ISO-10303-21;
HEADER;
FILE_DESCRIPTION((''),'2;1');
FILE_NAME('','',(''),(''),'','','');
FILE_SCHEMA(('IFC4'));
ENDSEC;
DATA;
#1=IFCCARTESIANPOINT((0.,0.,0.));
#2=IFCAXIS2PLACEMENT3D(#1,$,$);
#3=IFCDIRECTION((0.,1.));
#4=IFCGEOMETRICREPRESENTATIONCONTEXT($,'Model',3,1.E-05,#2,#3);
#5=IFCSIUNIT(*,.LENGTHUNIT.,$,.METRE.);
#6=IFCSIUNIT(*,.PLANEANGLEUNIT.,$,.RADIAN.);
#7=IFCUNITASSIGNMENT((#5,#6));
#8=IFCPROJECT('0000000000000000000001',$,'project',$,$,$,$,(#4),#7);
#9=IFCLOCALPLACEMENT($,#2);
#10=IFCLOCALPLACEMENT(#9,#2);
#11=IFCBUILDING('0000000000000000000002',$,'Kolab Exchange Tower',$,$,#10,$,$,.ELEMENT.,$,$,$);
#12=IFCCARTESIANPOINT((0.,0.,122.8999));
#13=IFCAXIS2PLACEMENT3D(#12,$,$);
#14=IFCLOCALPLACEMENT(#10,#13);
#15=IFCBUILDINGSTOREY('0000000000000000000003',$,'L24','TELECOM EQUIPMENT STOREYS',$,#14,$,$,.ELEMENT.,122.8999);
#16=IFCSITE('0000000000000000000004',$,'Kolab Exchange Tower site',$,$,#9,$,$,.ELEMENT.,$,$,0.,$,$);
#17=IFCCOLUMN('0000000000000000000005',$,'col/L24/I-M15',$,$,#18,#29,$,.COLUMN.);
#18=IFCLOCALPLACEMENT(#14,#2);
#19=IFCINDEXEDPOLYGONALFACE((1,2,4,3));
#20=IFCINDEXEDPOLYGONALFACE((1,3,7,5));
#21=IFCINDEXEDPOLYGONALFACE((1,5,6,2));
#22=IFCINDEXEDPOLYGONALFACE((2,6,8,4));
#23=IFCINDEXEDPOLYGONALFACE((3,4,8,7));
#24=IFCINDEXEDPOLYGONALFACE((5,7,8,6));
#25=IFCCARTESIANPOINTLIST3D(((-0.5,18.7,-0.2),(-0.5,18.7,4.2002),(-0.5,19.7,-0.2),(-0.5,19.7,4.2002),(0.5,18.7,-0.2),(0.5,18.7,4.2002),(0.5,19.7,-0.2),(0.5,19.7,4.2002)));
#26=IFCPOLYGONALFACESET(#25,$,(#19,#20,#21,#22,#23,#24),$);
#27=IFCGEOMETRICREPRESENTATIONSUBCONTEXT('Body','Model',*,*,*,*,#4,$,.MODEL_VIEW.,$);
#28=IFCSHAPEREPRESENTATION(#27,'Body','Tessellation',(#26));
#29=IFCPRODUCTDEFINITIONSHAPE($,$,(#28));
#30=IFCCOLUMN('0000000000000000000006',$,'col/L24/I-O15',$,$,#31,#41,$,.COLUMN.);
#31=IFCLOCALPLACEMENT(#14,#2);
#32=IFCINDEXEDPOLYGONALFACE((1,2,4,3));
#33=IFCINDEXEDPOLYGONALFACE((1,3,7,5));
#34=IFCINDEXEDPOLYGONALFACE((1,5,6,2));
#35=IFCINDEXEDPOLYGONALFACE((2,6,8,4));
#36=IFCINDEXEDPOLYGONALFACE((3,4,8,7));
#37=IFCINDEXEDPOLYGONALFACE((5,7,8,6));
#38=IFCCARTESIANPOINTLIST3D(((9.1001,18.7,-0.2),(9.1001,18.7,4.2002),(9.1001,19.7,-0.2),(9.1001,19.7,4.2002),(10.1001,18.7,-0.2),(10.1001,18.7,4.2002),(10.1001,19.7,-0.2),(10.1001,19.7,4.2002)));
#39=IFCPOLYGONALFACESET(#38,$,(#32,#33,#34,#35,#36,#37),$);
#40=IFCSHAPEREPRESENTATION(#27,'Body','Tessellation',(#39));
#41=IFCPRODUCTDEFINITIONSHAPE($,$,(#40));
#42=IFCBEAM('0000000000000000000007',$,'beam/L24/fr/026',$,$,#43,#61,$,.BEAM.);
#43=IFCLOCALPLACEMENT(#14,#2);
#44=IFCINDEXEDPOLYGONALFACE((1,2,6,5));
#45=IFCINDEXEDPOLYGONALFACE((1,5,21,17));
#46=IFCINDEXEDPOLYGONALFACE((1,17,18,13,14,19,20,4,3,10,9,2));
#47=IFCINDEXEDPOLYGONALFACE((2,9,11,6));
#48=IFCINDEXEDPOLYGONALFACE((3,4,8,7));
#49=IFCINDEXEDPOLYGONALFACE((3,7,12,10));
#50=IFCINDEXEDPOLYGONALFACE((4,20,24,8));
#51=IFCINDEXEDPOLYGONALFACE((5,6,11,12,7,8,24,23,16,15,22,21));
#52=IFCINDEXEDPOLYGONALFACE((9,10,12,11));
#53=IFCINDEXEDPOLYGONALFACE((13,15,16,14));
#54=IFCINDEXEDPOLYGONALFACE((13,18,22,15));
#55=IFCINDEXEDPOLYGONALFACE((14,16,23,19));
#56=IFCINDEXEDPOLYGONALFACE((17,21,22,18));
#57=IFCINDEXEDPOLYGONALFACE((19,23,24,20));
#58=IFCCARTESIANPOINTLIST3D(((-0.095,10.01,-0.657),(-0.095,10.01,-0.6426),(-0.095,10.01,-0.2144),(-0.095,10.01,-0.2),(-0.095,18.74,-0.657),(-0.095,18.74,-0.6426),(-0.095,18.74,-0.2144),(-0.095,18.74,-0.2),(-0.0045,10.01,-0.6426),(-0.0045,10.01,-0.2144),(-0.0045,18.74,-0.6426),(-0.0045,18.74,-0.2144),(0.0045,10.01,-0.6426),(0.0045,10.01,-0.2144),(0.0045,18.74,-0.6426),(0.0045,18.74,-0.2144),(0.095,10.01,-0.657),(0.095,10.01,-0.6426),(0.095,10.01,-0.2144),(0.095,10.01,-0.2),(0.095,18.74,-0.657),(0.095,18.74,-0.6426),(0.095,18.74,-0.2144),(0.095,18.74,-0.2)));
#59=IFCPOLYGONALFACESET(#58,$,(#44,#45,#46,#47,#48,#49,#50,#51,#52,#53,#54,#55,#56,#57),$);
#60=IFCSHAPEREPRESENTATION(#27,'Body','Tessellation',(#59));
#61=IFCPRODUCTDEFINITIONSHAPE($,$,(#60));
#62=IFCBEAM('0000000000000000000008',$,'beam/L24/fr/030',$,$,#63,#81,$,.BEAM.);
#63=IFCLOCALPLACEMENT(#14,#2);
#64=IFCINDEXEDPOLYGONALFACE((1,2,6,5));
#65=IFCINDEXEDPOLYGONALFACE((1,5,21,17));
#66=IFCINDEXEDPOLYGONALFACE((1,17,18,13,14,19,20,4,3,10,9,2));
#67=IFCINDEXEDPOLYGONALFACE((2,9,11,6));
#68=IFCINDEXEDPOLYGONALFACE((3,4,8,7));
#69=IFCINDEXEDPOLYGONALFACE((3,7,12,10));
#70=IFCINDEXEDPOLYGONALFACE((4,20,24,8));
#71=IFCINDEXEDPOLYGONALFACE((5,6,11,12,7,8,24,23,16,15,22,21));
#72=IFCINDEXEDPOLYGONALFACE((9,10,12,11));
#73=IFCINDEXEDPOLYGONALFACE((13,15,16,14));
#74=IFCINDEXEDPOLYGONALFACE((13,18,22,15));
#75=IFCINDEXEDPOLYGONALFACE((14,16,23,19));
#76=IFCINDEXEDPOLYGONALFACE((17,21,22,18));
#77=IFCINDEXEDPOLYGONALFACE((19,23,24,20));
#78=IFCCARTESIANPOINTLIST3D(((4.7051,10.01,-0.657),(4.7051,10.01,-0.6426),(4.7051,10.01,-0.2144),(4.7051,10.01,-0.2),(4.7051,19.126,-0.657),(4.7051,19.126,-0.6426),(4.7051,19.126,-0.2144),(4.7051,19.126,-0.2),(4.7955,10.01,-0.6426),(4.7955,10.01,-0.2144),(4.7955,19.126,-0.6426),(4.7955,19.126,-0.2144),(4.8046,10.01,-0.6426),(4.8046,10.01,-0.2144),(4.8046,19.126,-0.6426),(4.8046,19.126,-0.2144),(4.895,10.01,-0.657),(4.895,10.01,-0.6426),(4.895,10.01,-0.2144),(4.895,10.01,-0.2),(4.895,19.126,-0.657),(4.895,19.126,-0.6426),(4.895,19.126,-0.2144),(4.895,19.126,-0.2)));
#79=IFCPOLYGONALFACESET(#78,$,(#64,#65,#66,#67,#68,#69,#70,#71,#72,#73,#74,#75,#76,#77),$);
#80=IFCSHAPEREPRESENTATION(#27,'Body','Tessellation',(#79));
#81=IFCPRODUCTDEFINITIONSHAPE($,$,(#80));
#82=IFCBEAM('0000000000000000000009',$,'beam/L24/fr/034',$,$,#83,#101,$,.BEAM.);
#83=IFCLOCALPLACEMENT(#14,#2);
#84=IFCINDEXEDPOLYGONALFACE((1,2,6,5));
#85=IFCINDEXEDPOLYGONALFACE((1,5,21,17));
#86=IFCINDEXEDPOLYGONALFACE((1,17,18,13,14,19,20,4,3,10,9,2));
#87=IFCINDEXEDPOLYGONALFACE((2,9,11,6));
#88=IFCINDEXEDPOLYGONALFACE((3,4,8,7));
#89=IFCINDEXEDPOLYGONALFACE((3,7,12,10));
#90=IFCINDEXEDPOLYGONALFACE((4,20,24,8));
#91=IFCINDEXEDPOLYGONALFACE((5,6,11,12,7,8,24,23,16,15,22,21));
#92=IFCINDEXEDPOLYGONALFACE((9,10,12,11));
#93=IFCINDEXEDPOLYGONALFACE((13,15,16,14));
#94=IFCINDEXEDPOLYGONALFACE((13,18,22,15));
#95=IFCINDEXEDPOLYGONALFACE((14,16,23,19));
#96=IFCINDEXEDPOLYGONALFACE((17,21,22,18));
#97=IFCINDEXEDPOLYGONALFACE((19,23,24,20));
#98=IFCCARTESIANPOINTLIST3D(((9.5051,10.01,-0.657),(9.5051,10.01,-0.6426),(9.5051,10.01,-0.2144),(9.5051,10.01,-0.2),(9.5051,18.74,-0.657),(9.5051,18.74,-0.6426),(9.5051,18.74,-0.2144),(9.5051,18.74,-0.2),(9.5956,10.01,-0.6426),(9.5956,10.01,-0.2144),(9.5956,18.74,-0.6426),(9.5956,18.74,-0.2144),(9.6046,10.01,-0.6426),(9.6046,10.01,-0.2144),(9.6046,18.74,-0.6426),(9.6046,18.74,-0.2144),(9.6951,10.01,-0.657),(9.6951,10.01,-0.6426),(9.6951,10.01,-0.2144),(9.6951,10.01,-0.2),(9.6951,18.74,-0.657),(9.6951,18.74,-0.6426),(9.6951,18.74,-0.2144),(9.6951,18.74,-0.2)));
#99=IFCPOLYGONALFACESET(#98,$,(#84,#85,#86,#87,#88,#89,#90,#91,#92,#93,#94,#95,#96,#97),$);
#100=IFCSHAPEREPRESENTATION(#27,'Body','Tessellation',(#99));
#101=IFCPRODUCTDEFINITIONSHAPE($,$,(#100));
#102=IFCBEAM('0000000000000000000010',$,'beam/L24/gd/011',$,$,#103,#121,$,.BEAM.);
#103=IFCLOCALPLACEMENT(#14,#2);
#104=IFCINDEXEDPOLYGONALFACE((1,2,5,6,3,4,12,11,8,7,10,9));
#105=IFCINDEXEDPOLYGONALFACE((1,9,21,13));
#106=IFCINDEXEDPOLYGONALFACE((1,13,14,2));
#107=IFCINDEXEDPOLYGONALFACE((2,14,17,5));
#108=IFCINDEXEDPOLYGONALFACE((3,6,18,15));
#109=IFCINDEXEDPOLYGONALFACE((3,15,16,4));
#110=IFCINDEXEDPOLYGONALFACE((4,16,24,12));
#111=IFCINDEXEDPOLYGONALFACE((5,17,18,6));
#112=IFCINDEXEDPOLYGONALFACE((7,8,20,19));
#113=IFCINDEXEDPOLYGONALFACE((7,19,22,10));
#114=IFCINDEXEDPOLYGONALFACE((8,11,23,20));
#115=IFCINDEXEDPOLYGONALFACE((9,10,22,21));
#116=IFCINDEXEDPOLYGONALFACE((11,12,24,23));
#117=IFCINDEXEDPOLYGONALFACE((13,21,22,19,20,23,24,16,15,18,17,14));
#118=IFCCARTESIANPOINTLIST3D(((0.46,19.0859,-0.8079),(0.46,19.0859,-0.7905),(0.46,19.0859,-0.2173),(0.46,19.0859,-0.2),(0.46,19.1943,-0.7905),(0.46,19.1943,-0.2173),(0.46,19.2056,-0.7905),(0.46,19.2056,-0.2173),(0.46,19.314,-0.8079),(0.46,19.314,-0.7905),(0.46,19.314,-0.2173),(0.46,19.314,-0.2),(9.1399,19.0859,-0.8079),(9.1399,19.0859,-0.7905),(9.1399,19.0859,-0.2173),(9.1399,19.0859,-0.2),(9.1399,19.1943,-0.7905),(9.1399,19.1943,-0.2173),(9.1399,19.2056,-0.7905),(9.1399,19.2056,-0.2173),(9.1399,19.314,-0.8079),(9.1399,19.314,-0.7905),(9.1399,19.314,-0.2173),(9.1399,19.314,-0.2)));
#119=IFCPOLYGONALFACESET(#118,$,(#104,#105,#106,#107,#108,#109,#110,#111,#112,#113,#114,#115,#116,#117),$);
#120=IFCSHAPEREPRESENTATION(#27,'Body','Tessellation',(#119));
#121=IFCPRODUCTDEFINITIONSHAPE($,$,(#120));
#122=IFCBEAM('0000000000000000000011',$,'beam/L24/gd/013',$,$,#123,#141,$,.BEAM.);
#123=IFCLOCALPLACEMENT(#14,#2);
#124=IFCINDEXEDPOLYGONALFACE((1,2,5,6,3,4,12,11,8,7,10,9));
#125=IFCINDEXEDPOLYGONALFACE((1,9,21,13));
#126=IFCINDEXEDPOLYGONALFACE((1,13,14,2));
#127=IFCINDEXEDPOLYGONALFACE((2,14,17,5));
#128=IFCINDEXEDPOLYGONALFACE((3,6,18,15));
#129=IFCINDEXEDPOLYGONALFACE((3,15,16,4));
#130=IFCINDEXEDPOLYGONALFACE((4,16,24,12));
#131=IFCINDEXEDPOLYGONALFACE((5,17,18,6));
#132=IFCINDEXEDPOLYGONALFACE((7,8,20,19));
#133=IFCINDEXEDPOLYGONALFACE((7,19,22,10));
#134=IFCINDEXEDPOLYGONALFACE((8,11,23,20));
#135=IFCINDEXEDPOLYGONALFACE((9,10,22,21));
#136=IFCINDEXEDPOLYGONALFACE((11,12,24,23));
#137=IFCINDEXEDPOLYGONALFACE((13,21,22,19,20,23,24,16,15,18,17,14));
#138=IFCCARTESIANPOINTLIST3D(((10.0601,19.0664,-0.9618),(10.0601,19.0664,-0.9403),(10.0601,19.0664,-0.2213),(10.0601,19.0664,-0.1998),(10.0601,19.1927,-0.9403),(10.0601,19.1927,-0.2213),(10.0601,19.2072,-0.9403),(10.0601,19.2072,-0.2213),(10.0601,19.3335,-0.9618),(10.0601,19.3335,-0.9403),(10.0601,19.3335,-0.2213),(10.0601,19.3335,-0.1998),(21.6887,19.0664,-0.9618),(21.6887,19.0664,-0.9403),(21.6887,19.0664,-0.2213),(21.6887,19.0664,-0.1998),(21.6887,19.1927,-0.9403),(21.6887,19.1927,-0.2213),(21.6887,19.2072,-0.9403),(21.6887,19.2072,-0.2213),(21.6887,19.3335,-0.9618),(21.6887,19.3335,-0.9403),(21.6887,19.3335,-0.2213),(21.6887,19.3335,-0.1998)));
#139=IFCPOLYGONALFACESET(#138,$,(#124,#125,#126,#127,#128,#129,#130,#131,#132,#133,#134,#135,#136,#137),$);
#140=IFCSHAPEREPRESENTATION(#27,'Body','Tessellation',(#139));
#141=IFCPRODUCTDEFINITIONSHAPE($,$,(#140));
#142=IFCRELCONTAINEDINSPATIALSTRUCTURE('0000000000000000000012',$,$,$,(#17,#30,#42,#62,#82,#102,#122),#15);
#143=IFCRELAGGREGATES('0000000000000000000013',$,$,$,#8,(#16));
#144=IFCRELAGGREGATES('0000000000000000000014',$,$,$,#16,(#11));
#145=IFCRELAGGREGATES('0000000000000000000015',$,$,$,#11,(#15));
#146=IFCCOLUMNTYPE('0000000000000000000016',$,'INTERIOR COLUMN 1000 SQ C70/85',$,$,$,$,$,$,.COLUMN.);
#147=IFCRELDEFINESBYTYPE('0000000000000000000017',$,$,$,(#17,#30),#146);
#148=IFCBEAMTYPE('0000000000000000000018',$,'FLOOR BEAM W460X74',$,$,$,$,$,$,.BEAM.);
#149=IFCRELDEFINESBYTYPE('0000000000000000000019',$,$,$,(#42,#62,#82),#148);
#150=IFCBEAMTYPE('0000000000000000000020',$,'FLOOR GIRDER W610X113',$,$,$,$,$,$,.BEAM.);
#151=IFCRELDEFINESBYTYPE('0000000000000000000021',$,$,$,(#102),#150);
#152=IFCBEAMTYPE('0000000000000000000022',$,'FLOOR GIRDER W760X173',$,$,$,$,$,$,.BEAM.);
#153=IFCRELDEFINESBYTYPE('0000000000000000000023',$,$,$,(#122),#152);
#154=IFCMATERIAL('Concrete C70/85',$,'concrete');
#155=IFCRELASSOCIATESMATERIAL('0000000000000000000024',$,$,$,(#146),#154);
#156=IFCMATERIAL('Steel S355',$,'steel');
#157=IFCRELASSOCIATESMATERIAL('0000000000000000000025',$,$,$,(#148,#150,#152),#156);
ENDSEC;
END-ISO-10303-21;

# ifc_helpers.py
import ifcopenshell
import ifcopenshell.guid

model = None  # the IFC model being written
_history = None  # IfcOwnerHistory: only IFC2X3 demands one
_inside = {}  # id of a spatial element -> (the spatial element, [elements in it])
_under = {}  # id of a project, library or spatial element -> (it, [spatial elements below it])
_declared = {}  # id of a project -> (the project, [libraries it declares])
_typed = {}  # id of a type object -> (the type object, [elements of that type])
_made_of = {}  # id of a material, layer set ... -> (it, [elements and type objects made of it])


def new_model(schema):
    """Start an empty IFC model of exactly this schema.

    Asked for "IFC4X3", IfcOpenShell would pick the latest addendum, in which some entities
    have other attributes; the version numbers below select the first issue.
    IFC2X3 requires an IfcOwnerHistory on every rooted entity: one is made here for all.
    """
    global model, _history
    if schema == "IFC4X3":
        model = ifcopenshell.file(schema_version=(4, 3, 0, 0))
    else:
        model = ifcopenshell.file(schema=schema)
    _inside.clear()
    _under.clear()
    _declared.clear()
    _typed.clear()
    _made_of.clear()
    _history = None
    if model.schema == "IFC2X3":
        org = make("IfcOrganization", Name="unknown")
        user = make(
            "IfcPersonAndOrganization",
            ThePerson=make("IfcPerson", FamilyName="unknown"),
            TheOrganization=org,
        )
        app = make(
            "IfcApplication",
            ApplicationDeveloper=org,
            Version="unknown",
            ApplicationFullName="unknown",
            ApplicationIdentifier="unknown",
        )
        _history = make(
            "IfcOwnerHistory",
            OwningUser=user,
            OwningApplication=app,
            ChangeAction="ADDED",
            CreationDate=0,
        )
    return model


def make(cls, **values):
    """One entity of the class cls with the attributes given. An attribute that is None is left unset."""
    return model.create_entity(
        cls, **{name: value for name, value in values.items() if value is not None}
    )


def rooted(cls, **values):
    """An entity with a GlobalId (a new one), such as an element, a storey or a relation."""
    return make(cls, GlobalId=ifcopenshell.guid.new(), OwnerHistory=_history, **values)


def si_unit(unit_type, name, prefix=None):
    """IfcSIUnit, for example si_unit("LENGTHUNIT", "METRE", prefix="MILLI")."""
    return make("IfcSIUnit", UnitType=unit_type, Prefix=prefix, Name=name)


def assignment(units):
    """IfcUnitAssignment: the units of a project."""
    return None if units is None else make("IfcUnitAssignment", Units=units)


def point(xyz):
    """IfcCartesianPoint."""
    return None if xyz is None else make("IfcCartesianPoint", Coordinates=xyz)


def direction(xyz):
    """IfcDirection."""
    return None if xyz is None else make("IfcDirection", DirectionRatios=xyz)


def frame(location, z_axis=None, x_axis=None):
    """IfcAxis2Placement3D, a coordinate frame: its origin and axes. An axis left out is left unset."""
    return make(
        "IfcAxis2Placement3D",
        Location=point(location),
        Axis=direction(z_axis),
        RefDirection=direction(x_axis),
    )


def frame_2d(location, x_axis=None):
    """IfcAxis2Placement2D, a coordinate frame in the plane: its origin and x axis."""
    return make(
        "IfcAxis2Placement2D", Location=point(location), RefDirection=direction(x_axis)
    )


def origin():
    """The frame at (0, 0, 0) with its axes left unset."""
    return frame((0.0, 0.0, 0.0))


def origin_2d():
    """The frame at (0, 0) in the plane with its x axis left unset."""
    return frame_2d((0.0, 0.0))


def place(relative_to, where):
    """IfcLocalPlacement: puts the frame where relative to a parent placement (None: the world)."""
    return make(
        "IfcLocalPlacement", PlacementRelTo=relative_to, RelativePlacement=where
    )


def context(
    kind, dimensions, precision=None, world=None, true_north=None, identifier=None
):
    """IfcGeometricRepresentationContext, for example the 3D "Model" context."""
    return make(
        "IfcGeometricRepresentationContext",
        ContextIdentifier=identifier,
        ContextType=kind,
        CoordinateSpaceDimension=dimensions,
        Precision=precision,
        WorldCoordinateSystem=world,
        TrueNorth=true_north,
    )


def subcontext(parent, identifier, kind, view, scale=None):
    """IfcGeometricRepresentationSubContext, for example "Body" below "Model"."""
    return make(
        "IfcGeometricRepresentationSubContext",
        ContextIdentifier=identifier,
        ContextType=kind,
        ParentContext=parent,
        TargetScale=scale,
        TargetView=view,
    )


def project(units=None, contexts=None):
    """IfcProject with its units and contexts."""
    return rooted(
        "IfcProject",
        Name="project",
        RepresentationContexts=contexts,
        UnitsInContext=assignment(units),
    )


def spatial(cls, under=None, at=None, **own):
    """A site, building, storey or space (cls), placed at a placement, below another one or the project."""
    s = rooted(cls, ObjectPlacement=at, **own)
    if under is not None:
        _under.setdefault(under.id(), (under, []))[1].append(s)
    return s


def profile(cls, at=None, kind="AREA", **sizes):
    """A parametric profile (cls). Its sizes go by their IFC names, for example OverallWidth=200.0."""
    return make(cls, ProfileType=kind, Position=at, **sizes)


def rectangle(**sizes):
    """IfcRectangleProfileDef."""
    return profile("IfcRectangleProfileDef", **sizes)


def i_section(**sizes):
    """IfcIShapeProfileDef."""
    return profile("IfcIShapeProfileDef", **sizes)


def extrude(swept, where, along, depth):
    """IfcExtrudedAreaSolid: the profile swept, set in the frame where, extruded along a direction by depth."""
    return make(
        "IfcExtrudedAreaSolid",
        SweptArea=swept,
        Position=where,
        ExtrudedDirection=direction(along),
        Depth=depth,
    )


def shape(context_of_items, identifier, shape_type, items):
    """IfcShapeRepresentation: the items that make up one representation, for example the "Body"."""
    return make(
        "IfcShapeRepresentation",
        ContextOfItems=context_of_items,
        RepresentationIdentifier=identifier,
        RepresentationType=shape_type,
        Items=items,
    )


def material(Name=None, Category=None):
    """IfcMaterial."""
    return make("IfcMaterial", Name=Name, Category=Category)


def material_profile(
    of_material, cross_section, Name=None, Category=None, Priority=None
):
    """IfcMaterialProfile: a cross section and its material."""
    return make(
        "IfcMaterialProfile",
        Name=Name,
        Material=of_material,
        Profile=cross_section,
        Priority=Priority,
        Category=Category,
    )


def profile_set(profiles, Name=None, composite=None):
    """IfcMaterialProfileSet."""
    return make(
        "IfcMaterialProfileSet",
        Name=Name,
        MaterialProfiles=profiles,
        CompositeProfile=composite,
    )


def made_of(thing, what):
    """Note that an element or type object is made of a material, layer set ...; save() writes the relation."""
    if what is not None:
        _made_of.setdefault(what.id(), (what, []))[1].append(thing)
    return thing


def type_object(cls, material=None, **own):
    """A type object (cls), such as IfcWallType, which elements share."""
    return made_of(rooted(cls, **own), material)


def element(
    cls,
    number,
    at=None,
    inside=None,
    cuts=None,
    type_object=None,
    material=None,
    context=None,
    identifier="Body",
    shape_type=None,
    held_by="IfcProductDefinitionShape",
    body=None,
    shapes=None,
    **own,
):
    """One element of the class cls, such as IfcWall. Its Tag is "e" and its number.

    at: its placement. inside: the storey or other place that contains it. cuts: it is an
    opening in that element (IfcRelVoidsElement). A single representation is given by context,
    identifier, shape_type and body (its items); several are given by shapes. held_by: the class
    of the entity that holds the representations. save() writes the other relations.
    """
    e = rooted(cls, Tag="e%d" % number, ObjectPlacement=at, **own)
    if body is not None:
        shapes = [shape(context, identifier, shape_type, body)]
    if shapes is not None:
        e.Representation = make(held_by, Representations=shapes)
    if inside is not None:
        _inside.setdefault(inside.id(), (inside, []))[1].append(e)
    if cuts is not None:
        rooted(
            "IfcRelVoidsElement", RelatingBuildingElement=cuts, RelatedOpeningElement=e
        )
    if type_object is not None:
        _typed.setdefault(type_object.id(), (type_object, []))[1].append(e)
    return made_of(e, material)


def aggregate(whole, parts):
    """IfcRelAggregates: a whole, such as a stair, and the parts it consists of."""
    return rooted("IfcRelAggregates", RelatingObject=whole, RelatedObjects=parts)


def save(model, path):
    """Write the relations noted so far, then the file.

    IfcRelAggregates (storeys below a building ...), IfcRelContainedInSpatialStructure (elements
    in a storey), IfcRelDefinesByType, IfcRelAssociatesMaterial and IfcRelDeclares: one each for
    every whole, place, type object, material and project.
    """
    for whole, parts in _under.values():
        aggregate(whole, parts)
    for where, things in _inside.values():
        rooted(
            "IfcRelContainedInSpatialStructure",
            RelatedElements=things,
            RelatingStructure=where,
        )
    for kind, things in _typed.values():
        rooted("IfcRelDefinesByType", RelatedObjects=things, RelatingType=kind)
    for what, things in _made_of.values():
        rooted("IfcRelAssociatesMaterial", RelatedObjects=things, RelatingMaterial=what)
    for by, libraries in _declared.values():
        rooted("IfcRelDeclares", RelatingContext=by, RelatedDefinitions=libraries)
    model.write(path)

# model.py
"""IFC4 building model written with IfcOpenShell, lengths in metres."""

from ifc_helpers import new_model, si_unit, direction, frame, origin, origin_2d, place, context, subcontext, project, spatial, rectangle, i_section, extrude, material, material_profile, profile_set, type_object, element, save


model = new_model("IFC4")

# Units and contexts
model_context = context("Model", 3, precision=1e-05, world=origin(), true_north=direction((0.0, 1.0)))
body_context = subcontext(model_context, "Body", "Model", "MODEL_VIEW")
ifc_project = project(units=[si_unit("LENGTHUNIT", "METRE"), si_unit("PLANEANGLEUNIT", "RADIAN")], contexts=[model_context])

# Site, building, storey
site_placement = place(None, origin())
site = spatial("IfcSite", under=ifc_project, at=site_placement, Name="Kolab Exchange Tower site", CompositionType="ELEMENT", RefElevation=0.0)
building_placement = place(site_placement, origin())
building = spatial("IfcBuilding", under=site, at=building_placement, Name="Kolab Exchange Tower", CompositionType="ELEMENT")
storey_placement = place(building_placement, frame((0.0, 0.0, 122.8999)))
storey = spatial("IfcBuildingStorey", under=building, at=storey_placement, Name="L24", Description="TELECOM EQUIPMENT STOREYS", CompositionType="ELEMENT", Elevation=122.8999)

# Columns
ifc_material_1 = material(Name="Concrete C70/85", Category="concrete")
ifc_material_profile_1 = material_profile(ifc_material_1, rectangle(XDim=1.0, YDim=1.0, at=origin_2d()), Name="RC1000")
ifc_profile_set_1 = profile_set([ifc_material_profile_1], Name="Concrete C70/85")
column_type = type_object("IfcColumnType", Name="INTERIOR COLUMN 1000 SQ C70/85", PredefinedType="COLUMN", material=ifc_profile_set_1)
for number, where, z_axis, x_axis, name in (
    (1, (0.0, 19.2, -0.2), (0.0, 0.0, 1.0), (1.0, 0.0, 0.0), "col/L24/I-M15"),
    (2, (9.6001, 19.2, -0.2), (0.0, 0.0, 1.0), (1.0, 0.0, 0.0), "col/L24/I-O15"),
):
    element("IfcColumn", number, at=place(storey_placement, frame(where, z_axis=z_axis, x_axis=x_axis)), inside=storey, type_object=column_type, Name=name, PredefinedType="COLUMN", context=body_context, shape_type="SweptSolid", body=[
        extrude(rectangle(XDim=1.0, YDim=1.0, at=origin_2d()), origin(), (0.0, 0.0, 1.0), 4.4001),
    ])

# Beams
ifc_material_2 = material(Name="Steel S355", Category="steel")
ifc_material_profile_2 = material_profile(ifc_material_2, i_section(OverallWidth=0.1899, OverallDepth=0.457, WebThickness=0.009, FlangeThickness=0.0144, at=origin_2d()), Name="W460X74")
ifc_profile_set_2 = profile_set([ifc_material_profile_2], Name="Steel S355")
beam_type_1 = type_object("IfcBeamType", Name="FLOOR BEAM W460X74", PredefinedType="BEAM", material=ifc_profile_set_2)
beam_1_placement = place(storey_placement, frame((0.0, 10.01, -0.4285), z_axis=(0.0, 1.0, 0.0), x_axis=(-1.0, 0.0, 0.0)))
element("IfcBeam", 3, at=beam_1_placement, inside=storey, type_object=beam_type_1, Name="beam/L24/fr/026", PredefinedType="BEAM", context=body_context, shape_type="SweptSolid", body=[
    extrude(i_section(OverallWidth=0.1899, OverallDepth=0.457, WebThickness=0.009, FlangeThickness=0.0144, at=origin_2d()), origin(), (0.0, 0.0, 1.0), 8.73),
])
beam_2_placement = place(storey_placement, frame((4.8, 10.01, -0.4285), z_axis=(0.0, 1.0, 0.0), x_axis=(-1.0, 0.0, 0.0)))
element("IfcBeam", 4, at=beam_2_placement, inside=storey, type_object=beam_type_1, Name="beam/L24/fr/030", PredefinedType="BEAM", context=body_context, shape_type="SweptSolid", body=[
    extrude(i_section(OverallWidth=0.1899, OverallDepth=0.457, WebThickness=0.009, FlangeThickness=0.0144, at=origin_2d()), origin(), (0.0, 0.0, 1.0), 9.116),
])
beam_3_placement = place(storey_placement, frame((9.6001, 10.01, -0.4285), z_axis=(0.0, 1.0, 0.0), x_axis=(-1.0, 0.0, 0.0)))
element("IfcBeam", 5, at=beam_3_placement, inside=storey, type_object=beam_type_1, Name="beam/L24/fr/034", PredefinedType="BEAM", context=body_context, shape_type="SweptSolid", body=[
    extrude(i_section(OverallWidth=0.1899, OverallDepth=0.457, WebThickness=0.009, FlangeThickness=0.0144, at=origin_2d()), origin(), (0.0, 0.0, 1.0), 8.73),
])
ifc_material_profile_3 = material_profile(ifc_material_2, i_section(OverallWidth=0.228, OverallDepth=0.6079, WebThickness=0.0112, FlangeThickness=0.0173, at=origin_2d()), Name="W610X113")
ifc_profile_set_3 = profile_set([ifc_material_profile_3], Name="Steel S355")
beam_type_2 = type_object("IfcBeamType", Name="FLOOR GIRDER W610X113", PredefinedType="BEAM", material=ifc_profile_set_3)
beam_4_placement = place(storey_placement, frame((0.46, 19.2, -0.5039), z_axis=(1.0, 0.0, 0.0), x_axis=(0.0, 1.0, 0.0)))
element("IfcBeam", 6, at=beam_4_placement, inside=storey, type_object=beam_type_2, Name="beam/L24/gd/011", PredefinedType="BEAM", context=body_context, shape_type="SweptSolid", body=[
    extrude(i_section(OverallWidth=0.228, OverallDepth=0.6079, WebThickness=0.0112, FlangeThickness=0.0173, at=origin_2d()), origin(), (0.0, 0.0, 1.0), 8.6799),
])
ifc_material_profile_4 = material_profile(ifc_material_2, i_section(OverallWidth=0.2671, OverallDepth=0.762, WebThickness=0.0144, FlangeThickness=0.0215, at=origin_2d()), Name="W760X173")
ifc_profile_set_4 = profile_set([ifc_material_profile_4], Name="Steel S355")
beam_type_3 = type_object("IfcBeamType", Name="FLOOR GIRDER W760X173", PredefinedType="BEAM", material=ifc_profile_set_4)
beam_5_placement = place(storey_placement, frame((10.0601, 19.2, -0.5808), z_axis=(1.0, 0.0, 0.0), x_axis=(0.0, 1.0, 0.0)))
element("IfcBeam", 7, at=beam_5_placement, inside=storey, type_object=beam_type_3, Name="beam/L24/gd/013", PredefinedType="BEAM", context=body_context, shape_type="SweptSolid", body=[
    extrude(i_section(OverallWidth=0.2671, OverallDepth=0.762, WebThickness=0.0144, FlangeThickness=0.0215, at=origin_2d()), origin(), (0.0, 0.0, 1.0), 11.6287),
])

save(model, "model.ifc")
